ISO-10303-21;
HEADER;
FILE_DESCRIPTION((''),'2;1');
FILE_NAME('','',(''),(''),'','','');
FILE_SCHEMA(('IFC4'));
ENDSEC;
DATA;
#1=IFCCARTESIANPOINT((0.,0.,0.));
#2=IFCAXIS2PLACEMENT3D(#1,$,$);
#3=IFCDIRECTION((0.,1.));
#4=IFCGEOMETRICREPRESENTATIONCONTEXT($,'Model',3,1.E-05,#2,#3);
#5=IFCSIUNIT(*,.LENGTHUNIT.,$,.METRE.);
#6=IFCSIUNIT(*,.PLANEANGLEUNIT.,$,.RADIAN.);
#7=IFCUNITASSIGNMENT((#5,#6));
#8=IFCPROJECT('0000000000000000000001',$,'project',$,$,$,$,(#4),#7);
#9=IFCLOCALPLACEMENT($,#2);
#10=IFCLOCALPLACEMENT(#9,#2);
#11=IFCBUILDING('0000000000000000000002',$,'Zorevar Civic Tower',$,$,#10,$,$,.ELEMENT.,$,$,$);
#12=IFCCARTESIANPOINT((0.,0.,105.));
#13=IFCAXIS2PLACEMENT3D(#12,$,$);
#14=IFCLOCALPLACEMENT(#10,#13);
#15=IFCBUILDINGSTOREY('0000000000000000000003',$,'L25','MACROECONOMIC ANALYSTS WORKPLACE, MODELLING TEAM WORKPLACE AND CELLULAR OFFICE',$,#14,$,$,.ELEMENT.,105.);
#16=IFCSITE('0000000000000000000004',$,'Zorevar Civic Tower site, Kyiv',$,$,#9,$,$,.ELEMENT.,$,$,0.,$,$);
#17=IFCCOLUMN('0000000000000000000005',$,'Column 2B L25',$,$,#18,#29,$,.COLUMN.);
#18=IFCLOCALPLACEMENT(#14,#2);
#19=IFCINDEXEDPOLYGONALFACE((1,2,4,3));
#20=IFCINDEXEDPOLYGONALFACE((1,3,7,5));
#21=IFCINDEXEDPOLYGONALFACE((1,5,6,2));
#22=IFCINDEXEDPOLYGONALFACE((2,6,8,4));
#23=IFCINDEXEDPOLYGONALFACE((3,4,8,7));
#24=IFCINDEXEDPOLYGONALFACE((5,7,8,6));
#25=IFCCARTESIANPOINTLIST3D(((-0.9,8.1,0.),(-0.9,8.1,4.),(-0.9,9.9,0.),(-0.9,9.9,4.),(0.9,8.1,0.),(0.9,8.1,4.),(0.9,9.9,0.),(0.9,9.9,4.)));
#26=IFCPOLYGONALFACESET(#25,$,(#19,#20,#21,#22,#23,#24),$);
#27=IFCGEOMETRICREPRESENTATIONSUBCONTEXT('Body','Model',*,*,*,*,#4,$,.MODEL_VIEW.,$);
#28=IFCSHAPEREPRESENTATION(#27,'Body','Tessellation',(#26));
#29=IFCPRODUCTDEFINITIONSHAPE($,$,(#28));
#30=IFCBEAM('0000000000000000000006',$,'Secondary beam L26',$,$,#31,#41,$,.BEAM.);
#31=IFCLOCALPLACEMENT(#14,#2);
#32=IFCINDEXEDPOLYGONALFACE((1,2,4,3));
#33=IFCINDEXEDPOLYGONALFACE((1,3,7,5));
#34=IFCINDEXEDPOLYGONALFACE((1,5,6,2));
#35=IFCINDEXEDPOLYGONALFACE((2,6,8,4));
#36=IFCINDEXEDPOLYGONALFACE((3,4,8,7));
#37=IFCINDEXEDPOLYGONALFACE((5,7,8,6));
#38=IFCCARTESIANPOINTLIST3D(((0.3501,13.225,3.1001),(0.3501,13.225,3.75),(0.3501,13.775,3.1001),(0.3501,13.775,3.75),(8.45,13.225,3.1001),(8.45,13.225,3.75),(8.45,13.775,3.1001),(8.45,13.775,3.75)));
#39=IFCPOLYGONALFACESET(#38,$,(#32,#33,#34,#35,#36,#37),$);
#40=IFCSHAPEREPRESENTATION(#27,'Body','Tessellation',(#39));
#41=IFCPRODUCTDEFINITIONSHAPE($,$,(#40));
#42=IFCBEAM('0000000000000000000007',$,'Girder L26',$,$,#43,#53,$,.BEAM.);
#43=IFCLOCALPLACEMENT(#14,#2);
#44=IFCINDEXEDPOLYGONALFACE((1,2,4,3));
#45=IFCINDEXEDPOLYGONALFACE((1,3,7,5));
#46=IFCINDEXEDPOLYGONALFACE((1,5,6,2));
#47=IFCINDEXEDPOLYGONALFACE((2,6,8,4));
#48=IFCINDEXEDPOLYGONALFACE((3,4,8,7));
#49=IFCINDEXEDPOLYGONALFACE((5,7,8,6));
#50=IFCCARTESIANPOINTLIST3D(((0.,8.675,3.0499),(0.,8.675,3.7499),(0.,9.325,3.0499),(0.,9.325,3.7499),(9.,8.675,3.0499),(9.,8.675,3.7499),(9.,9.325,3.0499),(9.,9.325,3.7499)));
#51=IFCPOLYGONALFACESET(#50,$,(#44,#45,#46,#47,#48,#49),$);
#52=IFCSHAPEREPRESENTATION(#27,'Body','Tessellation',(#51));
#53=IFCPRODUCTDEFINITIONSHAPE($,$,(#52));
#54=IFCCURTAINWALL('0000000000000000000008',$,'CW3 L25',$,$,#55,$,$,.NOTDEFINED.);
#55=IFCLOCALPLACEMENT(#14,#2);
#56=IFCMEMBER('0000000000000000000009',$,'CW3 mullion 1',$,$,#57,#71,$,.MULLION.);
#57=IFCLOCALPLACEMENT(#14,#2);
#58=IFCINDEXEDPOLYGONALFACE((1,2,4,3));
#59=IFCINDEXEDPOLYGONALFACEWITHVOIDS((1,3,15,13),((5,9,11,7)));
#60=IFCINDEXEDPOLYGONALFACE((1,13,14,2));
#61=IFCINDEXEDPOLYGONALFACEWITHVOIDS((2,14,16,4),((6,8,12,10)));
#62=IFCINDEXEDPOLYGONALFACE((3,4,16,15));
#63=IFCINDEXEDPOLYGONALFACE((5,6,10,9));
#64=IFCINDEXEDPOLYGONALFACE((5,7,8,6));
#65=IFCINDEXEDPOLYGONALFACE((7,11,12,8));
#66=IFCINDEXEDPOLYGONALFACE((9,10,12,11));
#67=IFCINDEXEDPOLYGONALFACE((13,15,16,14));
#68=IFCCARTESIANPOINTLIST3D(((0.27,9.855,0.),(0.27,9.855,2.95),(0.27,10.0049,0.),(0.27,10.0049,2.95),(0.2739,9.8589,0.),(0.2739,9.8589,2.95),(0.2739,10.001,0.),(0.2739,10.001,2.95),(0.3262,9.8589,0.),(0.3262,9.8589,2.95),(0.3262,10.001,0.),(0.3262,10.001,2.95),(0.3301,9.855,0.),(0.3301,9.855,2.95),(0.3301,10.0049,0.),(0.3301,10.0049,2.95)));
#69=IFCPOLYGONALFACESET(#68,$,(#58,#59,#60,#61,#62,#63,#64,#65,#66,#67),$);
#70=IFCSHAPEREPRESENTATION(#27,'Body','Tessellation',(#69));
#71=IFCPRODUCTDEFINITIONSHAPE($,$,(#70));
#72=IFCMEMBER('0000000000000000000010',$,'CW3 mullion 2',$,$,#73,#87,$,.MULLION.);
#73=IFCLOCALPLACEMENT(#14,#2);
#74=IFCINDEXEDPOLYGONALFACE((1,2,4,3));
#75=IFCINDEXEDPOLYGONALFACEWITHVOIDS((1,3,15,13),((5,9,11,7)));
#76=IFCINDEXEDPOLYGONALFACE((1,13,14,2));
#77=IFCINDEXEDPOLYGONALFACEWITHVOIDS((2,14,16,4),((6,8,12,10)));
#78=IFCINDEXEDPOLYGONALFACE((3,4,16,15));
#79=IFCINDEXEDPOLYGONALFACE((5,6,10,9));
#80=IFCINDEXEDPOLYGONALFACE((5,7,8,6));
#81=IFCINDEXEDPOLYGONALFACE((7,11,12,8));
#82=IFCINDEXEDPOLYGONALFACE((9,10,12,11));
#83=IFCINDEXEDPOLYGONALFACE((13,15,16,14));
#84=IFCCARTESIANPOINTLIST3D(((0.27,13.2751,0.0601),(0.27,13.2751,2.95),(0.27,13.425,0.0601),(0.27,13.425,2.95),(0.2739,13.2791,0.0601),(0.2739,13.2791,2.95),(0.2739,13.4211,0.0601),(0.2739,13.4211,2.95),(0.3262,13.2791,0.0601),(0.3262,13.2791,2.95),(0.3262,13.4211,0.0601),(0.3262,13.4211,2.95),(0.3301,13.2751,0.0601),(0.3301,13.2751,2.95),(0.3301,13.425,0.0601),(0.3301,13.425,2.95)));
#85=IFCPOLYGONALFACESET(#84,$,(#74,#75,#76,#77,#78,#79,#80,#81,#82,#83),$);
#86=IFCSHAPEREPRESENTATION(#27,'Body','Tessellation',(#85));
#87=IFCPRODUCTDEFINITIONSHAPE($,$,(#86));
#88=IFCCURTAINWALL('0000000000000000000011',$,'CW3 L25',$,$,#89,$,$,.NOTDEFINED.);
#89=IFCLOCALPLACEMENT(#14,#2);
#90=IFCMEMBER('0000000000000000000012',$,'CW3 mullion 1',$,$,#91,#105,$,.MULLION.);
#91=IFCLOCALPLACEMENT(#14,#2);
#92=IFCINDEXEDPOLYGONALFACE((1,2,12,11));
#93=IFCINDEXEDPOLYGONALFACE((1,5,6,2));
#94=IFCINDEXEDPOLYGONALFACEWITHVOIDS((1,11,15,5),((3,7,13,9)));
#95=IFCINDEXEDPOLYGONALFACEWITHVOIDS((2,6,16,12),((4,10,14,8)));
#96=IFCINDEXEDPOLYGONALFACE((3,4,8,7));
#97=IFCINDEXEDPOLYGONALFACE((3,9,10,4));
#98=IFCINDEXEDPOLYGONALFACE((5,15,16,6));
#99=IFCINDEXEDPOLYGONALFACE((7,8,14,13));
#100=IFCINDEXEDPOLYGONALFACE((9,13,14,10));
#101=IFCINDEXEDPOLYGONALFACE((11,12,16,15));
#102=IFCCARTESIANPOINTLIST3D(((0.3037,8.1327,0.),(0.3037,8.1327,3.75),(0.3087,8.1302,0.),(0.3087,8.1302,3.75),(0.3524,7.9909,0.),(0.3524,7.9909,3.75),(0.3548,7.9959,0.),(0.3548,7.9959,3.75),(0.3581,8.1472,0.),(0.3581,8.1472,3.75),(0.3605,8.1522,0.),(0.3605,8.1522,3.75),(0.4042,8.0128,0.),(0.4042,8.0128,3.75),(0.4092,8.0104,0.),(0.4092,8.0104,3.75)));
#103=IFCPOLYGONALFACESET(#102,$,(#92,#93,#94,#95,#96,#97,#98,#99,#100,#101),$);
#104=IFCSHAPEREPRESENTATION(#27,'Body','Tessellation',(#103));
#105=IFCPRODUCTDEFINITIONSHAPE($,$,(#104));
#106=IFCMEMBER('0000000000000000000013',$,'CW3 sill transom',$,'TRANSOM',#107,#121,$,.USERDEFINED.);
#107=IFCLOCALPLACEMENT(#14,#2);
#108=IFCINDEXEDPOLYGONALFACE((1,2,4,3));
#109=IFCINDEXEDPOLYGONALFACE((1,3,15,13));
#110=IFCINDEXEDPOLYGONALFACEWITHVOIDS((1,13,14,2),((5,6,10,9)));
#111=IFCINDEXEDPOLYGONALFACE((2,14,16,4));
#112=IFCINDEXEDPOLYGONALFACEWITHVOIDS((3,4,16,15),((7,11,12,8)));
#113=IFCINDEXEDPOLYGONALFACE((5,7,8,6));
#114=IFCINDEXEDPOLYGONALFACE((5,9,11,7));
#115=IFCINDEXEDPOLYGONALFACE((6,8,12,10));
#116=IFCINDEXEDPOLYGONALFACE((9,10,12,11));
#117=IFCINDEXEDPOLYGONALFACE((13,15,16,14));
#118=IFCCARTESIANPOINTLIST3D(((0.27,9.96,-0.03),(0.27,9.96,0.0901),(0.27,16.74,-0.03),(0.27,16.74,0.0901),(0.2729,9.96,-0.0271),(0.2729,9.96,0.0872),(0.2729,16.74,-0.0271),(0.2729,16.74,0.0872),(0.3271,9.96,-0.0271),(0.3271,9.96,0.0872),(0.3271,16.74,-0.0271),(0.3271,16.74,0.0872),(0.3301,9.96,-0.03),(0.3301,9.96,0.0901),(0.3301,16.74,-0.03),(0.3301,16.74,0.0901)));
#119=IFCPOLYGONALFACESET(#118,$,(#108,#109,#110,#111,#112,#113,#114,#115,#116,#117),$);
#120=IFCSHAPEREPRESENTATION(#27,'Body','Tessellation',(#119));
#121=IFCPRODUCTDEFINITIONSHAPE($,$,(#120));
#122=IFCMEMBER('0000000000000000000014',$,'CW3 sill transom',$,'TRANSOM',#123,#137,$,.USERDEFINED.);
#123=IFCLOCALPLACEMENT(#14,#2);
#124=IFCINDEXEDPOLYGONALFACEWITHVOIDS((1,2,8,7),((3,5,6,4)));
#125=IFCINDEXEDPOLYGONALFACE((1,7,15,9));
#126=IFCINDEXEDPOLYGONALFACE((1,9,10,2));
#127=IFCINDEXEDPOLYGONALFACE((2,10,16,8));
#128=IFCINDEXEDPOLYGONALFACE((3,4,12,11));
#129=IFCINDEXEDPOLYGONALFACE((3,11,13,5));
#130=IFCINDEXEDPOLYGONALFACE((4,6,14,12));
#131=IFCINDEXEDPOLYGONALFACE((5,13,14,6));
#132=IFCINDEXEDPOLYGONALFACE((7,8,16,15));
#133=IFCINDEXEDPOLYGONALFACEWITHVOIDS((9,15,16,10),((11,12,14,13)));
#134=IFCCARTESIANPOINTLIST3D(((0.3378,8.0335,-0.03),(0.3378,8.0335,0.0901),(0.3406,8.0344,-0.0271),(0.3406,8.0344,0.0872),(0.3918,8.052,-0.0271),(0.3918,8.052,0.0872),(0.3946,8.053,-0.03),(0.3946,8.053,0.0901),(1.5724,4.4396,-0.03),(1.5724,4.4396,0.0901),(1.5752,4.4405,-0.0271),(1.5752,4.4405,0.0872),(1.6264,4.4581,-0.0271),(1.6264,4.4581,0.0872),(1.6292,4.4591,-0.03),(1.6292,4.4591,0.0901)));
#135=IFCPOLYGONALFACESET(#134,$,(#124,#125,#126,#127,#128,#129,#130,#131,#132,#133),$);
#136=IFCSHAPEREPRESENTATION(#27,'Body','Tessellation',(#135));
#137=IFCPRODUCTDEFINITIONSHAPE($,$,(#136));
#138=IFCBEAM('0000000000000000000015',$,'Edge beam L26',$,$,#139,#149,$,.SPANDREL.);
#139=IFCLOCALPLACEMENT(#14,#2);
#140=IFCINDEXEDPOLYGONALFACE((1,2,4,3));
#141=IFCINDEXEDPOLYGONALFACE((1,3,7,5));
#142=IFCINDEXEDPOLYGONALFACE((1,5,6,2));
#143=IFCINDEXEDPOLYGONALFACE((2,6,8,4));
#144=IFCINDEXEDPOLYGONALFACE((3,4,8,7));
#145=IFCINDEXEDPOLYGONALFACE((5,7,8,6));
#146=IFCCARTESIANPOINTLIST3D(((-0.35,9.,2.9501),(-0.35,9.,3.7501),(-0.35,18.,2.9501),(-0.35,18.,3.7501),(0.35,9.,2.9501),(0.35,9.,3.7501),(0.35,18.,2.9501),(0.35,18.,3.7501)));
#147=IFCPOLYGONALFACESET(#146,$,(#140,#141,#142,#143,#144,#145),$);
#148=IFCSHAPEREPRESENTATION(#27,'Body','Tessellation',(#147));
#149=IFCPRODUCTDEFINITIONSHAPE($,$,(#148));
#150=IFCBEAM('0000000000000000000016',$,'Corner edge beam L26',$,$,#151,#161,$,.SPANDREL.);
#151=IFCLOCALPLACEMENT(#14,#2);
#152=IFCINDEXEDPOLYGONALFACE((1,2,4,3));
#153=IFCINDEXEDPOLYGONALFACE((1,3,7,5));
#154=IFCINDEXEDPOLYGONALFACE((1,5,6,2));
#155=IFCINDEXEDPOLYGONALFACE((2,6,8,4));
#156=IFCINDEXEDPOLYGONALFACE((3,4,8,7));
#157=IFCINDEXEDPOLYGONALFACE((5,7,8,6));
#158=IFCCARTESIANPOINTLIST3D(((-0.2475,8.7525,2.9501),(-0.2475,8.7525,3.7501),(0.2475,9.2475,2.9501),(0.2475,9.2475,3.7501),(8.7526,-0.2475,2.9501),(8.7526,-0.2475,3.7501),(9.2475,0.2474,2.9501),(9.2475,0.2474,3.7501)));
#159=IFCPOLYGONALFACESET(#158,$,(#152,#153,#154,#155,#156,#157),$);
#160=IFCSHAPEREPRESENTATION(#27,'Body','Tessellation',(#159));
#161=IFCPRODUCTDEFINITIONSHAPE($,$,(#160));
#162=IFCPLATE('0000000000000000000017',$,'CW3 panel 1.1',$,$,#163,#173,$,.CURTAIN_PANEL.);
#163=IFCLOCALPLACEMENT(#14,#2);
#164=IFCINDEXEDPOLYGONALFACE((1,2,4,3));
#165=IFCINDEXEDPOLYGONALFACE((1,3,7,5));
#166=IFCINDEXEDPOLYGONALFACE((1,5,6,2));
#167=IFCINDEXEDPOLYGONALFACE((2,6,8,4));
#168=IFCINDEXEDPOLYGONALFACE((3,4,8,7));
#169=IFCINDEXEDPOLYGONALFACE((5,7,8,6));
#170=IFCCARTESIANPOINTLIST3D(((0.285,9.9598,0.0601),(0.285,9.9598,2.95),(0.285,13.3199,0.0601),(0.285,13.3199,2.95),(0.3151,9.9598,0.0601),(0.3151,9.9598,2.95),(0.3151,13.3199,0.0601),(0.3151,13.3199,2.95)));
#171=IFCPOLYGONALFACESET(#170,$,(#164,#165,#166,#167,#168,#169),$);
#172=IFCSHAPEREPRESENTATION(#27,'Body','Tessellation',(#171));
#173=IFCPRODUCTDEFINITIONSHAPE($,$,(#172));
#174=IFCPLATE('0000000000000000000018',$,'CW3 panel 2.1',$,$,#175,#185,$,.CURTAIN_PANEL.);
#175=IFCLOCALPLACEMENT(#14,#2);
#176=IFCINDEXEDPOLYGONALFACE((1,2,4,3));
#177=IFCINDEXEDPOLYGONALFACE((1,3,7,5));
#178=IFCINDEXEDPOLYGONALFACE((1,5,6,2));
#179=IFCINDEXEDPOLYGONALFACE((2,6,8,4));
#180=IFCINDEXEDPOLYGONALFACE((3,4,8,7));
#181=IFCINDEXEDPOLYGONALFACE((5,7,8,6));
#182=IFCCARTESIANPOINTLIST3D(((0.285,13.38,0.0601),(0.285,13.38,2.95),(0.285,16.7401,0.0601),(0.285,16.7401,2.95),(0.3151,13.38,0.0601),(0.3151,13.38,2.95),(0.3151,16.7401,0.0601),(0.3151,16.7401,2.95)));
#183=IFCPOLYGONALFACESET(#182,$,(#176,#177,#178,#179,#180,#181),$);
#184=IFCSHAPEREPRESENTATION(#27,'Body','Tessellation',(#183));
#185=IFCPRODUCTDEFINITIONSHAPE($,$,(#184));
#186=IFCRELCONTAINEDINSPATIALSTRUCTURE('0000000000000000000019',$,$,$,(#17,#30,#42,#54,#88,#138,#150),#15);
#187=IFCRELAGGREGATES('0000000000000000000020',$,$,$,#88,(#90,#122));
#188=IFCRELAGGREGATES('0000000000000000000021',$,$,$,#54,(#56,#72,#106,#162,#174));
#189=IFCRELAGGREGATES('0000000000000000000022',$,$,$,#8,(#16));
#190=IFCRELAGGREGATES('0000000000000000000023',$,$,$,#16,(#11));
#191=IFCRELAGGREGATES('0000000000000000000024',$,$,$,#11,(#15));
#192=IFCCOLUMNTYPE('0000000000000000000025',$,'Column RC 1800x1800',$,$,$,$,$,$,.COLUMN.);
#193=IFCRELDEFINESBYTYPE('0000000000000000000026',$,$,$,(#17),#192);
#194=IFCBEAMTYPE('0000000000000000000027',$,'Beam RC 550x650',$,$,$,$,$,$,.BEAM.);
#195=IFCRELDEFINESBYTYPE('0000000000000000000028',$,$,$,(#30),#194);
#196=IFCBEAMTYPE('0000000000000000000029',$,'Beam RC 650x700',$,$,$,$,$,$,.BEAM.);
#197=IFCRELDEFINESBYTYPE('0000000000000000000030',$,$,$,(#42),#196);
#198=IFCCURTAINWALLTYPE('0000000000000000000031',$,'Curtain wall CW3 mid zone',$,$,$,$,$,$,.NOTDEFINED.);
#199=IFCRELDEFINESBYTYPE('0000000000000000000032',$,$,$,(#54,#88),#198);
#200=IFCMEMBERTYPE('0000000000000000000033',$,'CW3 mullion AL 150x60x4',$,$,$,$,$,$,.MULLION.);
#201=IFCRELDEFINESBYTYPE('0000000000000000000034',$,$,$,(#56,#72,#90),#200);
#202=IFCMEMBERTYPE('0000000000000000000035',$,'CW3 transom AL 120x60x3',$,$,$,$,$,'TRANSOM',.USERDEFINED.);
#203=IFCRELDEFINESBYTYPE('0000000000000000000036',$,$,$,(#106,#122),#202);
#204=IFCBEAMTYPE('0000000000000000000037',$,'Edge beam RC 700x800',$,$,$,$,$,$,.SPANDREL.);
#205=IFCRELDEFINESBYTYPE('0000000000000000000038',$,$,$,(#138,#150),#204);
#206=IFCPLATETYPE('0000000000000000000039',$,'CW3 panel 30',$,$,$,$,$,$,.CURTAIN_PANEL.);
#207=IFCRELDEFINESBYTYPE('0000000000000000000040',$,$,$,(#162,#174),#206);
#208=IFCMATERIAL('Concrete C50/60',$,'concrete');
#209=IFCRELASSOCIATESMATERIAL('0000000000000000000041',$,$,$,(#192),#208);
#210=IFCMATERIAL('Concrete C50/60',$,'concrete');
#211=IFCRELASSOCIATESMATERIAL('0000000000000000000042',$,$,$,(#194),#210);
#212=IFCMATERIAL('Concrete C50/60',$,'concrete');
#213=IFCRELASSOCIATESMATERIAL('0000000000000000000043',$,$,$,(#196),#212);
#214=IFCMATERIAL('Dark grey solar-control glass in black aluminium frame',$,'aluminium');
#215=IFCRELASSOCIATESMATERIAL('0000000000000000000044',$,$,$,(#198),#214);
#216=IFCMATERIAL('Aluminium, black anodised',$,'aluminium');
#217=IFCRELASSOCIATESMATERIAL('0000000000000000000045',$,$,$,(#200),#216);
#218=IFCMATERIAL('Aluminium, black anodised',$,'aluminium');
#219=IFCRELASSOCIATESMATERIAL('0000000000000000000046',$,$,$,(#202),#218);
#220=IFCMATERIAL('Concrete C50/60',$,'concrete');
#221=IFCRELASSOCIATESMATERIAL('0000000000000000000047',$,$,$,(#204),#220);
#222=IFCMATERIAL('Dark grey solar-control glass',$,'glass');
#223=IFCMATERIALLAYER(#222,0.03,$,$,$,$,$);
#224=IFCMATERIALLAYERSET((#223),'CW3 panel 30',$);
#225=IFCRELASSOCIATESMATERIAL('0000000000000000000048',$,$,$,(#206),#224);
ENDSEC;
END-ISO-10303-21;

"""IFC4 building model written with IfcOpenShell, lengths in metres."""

from ifc_helpers import new_model, si_unit, direction, frame, origin, origin_2d, place, context, subcontext, project, spatial, rectangle, hollow_rectangle, extrude, material, layer, layer_set, material_profile, profile_set, type_object, element, aggregate, save


model = new_model("IFC4")

# Units and contexts
model_context = context("Model", 3, precision=1e-05, world=origin(), true_north=direction((0.0, 1.0)))
body_context = subcontext(model_context, "Body", "Model", "MODEL_VIEW")
ifc_project = project(units=[si_unit("LENGTHUNIT", "METRE"), si_unit("PLANEANGLEUNIT", "RADIAN")], contexts=[model_context])

# Site, building, storey
site_placement = place(None, origin())
site = spatial("IfcSite", under=ifc_project, at=site_placement, Name="Zorevar Civic Tower site, Kyiv", CompositionType="ELEMENT", RefElevation=0.0)
building_placement = place(site_placement, origin())
building = spatial("IfcBuilding", under=site, at=building_placement, Name="Zorevar Civic Tower", CompositionType="ELEMENT")
storey_placement = place(building_placement, frame((0.0, 0.0, 105.0)))
storey = spatial("IfcBuildingStorey", under=building, at=storey_placement, Name="L25", Description="MACROECONOMIC ANALYSTS WORKPLACE, MODELLING TEAM WORKPLACE AND CELLULAR OFFICE", CompositionType="ELEMENT", Elevation=105.0)

# Column
ifc_material_1 = material(Name="Concrete C50/60", Category="concrete")
ifc_material_profile_1 = material_profile(ifc_material_1, rectangle(XDim=1.8, YDim=1.8, at=origin_2d()), Name="RC 1800x1800")
ifc_profile_set_1 = profile_set([ifc_material_profile_1], Name="Concrete C50/60")
column_type = type_object("IfcColumnType", Name="Column RC 1800x1800", PredefinedType="COLUMN", material=ifc_profile_set_1)
column_placement = place(storey_placement, frame((0.0, 9.0, 0.0), z_axis=(0.0, 0.0, 1.0), x_axis=(1.0, 0.0, 0.0)))
element("IfcColumn", 1, at=column_placement, inside=storey, type_object=column_type, Name="Column 2B L25", PredefinedType="COLUMN", context=body_context, shape_type="SweptSolid", body=[
    extrude(rectangle(XDim=1.8, YDim=1.8, at=origin_2d()), origin(), (0.0, 0.0, 1.0), 4.0),
])

# Beams
ifc_material_2 = material(Name="Concrete C50/60", Category="concrete")
ifc_material_profile_2 = material_profile(ifc_material_2, rectangle(XDim=0.55, YDim=0.6499, at=origin_2d()), Name="RC 550x650")
ifc_profile_set_2 = profile_set([ifc_material_profile_2], Name="Concrete C50/60")
beam_type_1 = type_object("IfcBeamType", Name="Beam RC 550x650", PredefinedType="BEAM", material=ifc_profile_set_2)
beam_1_placement = place(storey_placement, frame((0.3501, 13.5, 3.425), z_axis=(1.0, 0.0, 0.0), x_axis=(0.0, 1.0, 0.0)))
element("IfcBeam", 2, at=beam_1_placement, inside=storey, type_object=beam_type_1, Name="Secondary beam L26", PredefinedType="BEAM", context=body_context, shape_type="SweptSolid", body=[
    extrude(rectangle(XDim=0.55, YDim=0.6499, at=origin_2d()), origin(), (0.0, 0.0, 1.0), 8.0999),
])
ifc_material_3 = material(Name="Concrete C50/60", Category="concrete")
ifc_material_profile_3 = material_profile(ifc_material_3, rectangle(XDim=0.6499, YDim=0.7, at=origin_2d()), Name="RC 650x700")
ifc_profile_set_3 = profile_set([ifc_material_profile_3], Name="Concrete C50/60")
beam_type_2 = type_object("IfcBeamType", Name="Beam RC 650x700", PredefinedType="BEAM", material=ifc_profile_set_3)
beam_2_placement = place(storey_placement, frame((0.0, 9.0, 3.3999), z_axis=(1.0, 0.0, 0.0), x_axis=(0.0, 1.0, 0.0)))
element("IfcBeam", 3, at=beam_2_placement, inside=storey, type_object=beam_type_2, Name="Girder L26", PredefinedType="BEAM", context=body_context, shape_type="SweptSolid", body=[
    extrude(rectangle(XDim=0.6499, YDim=0.7, at=origin_2d()), origin(), (0.0, 0.0, 1.0), 9.0),
])

# Curtain wall, members
ifc_material_4 = material(Name="Dark grey solar-control glass in black aluminium frame", Category="aluminium")
curtain_wall_type = type_object("IfcCurtainWallType", Name="Curtain wall CW3 mid zone", PredefinedType="NOTDEFINED", material=ifc_material_4)
curtain_wall_1_placement = place(storey_placement, origin())
curtain_wall_1 = element("IfcCurtainWall", 4, at=curtain_wall_1_placement, inside=storey, type_object=curtain_wall_type, Name="CW3 L25", PredefinedType="NOTDEFINED")
ifc_material_5 = material(Name="Aluminium, black anodised", Category="aluminium")
ifc_material_profile_4 = material_profile(ifc_material_5, hollow_rectangle(XDim=0.0601, YDim=0.1499, WallThickness=0.0039, at=origin_2d()), Name="AL 150x60x4")
ifc_profile_set_4 = profile_set([ifc_material_profile_4], Name="Aluminium, black anodised")
member_type_1 = type_object("IfcMemberType", Name="CW3 mullion AL 150x60x4", PredefinedType="MULLION", material=ifc_profile_set_4)
member_1_placement = place(storey_placement, frame((0.3, 9.9299, 0.0), z_axis=(0.0, 0.0, 1.0), x_axis=(-1.0, 0.0, 0.0)))
member_1 = element("IfcMember", 5, at=member_1_placement, type_object=member_type_1, Name="CW3 mullion 1", PredefinedType="MULLION", context=body_context, shape_type="SweptSolid", body=[
    extrude(hollow_rectangle(XDim=0.0601, YDim=0.1499, WallThickness=0.0039, at=origin_2d()), origin(), (0.0, 0.0, 1.0), 2.95),
])
member_2_placement = place(storey_placement, frame((0.3, 13.3501, 0.0601), z_axis=(0.0, 0.0, 1.0), x_axis=(-1.0, 0.0, 0.0)))
member_2 = element("IfcMember", 6, at=member_2_placement, type_object=member_type_1, Name="CW3 mullion 2", PredefinedType="MULLION", context=body_context, shape_type="SweptSolid", body=[
    extrude(hollow_rectangle(XDim=0.0601, YDim=0.1499, WallThickness=0.0039, at=origin_2d()), origin(), (0.0, 0.0, 1.0), 2.8899),
])

# Curtain wall, member
curtain_wall_2_placement = place(storey_placement, origin())
curtain_wall_2 = element("IfcCurtainWall", 7, at=curtain_wall_2_placement, inside=storey, type_object=curtain_wall_type, Name="CW3 L25", PredefinedType="NOTDEFINED")
member_3_placement = place(storey_placement, frame((0.3564, 8.0715, 0.0), z_axis=(0.0, 0.0, 1.0), x_axis=(0.945756, 0.324878, 0.0)))
member_3 = element("IfcMember", 8, at=member_3_placement, type_object=member_type_1, Name="CW3 mullion 1", PredefinedType="MULLION", context=body_context, shape_type="SweptSolid", body=[
    extrude(hollow_rectangle(XDim=0.0601, YDim=0.1499, WallThickness=0.0039, at=origin_2d()), origin(), (0.0, 0.0, 1.0), 3.75),
])

# Members
ifc_material_6 = material(Name="Aluminium, black anodised", Category="aluminium")
ifc_material_profile_5 = material_profile(ifc_material_6, hollow_rectangle(XDim=0.0601, YDim=0.1201, WallThickness=0.0029, at=origin_2d()), Name="AL 120x60x3")
ifc_profile_set_5 = profile_set([ifc_material_profile_5], Name="Aluminium, black anodised")
member_type_2 = type_object("IfcMemberType", Name="CW3 transom AL 120x60x3", ElementType="TRANSOM", PredefinedType="USERDEFINED", material=ifc_profile_set_5)
member_4_placement = place(storey_placement, frame((0.3, 9.96, 0.03), z_axis=(0.0, 1.0, 0.0), x_axis=(-1.0, 0.0, 0.0)))
member_4 = element("IfcMember", 9, at=member_4_placement, type_object=member_type_2, Name="CW3 sill transom", ObjectType="TRANSOM", PredefinedType="USERDEFINED", context=body_context, shape_type="SweptSolid", body=[
    extrude(hollow_rectangle(XDim=0.0601, YDim=0.1201, WallThickness=0.0029, at=origin_2d()), origin(), (0.0, 0.0, 1.0), 6.78),
])
member_5_placement = place(storey_placement, frame((0.3662, 8.0432, 0.03), z_axis=(0.324888, -0.945753, 0.0), x_axis=(0.945753, 0.324888, 0.0)))
member_5 = element("IfcMember", 10, at=member_5_placement, type_object=member_type_2, Name="CW3 sill transom", ObjectType="TRANSOM", PredefinedType="USERDEFINED", context=body_context, shape_type="SweptSolid", body=[
    extrude(hollow_rectangle(XDim=0.0601, YDim=0.1201, WallThickness=0.0029, at=origin_2d()), origin(), (0.0, 0.0, 1.0), 3.8),
])
aggregate(curtain_wall_2, [member_3, member_5])

# Beams
ifc_material_7 = material(Name="Concrete C50/60", Category="concrete")
ifc_material_profile_6 = material_profile(ifc_material_7, rectangle(XDim=0.7, YDim=0.8, at=origin_2d()), Name="RC 700x800")
ifc_profile_set_6 = profile_set([ifc_material_profile_6], Name="Concrete C50/60")
beam_type_3 = type_object("IfcBeamType", Name="Edge beam RC 700x800", PredefinedType="SPANDREL", material=ifc_profile_set_6)
beam_3_placement = place(storey_placement, frame((0.0, 9.0, 3.3501), z_axis=(0.0, 1.0, 0.0), x_axis=(-1.0, 0.0, 0.0)))
element("IfcBeam", 11, at=beam_3_placement, inside=storey, type_object=beam_type_3, Name="Edge beam L26", PredefinedType="SPANDREL", context=body_context, shape_type="SweptSolid", body=[
    extrude(rectangle(XDim=0.7, YDim=0.8, at=origin_2d()), origin(), (0.0, 0.0, 1.0), 9.0),
])
beam_4_placement = place(storey_placement, frame((0.0, 9.0, 3.3501), z_axis=(0.707107, -0.707107, 0.0), x_axis=(0.707107, 0.707107, 0.0)))
element("IfcBeam", 12, at=beam_4_placement, inside=storey, type_object=beam_type_3, Name="Corner edge beam L26", PredefinedType="SPANDREL", context=body_context, shape_type="SweptSolid", body=[
    extrude(rectangle(XDim=0.7, YDim=0.8, at=origin_2d()), origin(), (0.0, 0.0, 1.0), 12.728),
])

# Plates
ifc_material_8 = material(Name="Dark grey solar-control glass", Category="glass")
ifc_layer_1 = layer(ifc_material_8, 0.03)
ifc_layer_set_1 = layer_set([ifc_layer_1], Name="CW3 panel 30")
plate_type = type_object("IfcPlateType", Name="CW3 panel 30", PredefinedType="CURTAIN_PANEL", material=ifc_layer_set_1)
plate_1_placement = place(storey_placement, frame((0.3, 11.6399, 0.0601), z_axis=(0.0, 0.0, 1.0), x_axis=(0.0, 1.0, 0.0)))
plate_1 = element("IfcPlate", 13, at=plate_1_placement, type_object=plate_type, Name="CW3 panel 1.1", PredefinedType="CURTAIN_PANEL", context=body_context, shape_type="SweptSolid", body=[
    extrude(rectangle(XDim=3.3601, YDim=0.03, at=origin_2d()), origin(), (0.0, 0.0, 1.0), 2.8899),
])
plate_2_placement = place(storey_placement, frame((0.3, 15.0601, 0.0601), z_axis=(0.0, 0.0, 1.0), x_axis=(0.0, 1.0, 0.0)))
plate_2 = element("IfcPlate", 14, at=plate_2_placement, type_object=plate_type, Name="CW3 panel 2.1", PredefinedType="CURTAIN_PANEL", context=body_context, shape_type="SweptSolid", body=[
    extrude(rectangle(XDim=3.3601, YDim=0.03, at=origin_2d()), origin(), (0.0, 0.0, 1.0), 2.8899),
])
aggregate(curtain_wall_1, [member_1, member_2, member_4, plate_1, plate_2])

save(model, "model.ifc")
